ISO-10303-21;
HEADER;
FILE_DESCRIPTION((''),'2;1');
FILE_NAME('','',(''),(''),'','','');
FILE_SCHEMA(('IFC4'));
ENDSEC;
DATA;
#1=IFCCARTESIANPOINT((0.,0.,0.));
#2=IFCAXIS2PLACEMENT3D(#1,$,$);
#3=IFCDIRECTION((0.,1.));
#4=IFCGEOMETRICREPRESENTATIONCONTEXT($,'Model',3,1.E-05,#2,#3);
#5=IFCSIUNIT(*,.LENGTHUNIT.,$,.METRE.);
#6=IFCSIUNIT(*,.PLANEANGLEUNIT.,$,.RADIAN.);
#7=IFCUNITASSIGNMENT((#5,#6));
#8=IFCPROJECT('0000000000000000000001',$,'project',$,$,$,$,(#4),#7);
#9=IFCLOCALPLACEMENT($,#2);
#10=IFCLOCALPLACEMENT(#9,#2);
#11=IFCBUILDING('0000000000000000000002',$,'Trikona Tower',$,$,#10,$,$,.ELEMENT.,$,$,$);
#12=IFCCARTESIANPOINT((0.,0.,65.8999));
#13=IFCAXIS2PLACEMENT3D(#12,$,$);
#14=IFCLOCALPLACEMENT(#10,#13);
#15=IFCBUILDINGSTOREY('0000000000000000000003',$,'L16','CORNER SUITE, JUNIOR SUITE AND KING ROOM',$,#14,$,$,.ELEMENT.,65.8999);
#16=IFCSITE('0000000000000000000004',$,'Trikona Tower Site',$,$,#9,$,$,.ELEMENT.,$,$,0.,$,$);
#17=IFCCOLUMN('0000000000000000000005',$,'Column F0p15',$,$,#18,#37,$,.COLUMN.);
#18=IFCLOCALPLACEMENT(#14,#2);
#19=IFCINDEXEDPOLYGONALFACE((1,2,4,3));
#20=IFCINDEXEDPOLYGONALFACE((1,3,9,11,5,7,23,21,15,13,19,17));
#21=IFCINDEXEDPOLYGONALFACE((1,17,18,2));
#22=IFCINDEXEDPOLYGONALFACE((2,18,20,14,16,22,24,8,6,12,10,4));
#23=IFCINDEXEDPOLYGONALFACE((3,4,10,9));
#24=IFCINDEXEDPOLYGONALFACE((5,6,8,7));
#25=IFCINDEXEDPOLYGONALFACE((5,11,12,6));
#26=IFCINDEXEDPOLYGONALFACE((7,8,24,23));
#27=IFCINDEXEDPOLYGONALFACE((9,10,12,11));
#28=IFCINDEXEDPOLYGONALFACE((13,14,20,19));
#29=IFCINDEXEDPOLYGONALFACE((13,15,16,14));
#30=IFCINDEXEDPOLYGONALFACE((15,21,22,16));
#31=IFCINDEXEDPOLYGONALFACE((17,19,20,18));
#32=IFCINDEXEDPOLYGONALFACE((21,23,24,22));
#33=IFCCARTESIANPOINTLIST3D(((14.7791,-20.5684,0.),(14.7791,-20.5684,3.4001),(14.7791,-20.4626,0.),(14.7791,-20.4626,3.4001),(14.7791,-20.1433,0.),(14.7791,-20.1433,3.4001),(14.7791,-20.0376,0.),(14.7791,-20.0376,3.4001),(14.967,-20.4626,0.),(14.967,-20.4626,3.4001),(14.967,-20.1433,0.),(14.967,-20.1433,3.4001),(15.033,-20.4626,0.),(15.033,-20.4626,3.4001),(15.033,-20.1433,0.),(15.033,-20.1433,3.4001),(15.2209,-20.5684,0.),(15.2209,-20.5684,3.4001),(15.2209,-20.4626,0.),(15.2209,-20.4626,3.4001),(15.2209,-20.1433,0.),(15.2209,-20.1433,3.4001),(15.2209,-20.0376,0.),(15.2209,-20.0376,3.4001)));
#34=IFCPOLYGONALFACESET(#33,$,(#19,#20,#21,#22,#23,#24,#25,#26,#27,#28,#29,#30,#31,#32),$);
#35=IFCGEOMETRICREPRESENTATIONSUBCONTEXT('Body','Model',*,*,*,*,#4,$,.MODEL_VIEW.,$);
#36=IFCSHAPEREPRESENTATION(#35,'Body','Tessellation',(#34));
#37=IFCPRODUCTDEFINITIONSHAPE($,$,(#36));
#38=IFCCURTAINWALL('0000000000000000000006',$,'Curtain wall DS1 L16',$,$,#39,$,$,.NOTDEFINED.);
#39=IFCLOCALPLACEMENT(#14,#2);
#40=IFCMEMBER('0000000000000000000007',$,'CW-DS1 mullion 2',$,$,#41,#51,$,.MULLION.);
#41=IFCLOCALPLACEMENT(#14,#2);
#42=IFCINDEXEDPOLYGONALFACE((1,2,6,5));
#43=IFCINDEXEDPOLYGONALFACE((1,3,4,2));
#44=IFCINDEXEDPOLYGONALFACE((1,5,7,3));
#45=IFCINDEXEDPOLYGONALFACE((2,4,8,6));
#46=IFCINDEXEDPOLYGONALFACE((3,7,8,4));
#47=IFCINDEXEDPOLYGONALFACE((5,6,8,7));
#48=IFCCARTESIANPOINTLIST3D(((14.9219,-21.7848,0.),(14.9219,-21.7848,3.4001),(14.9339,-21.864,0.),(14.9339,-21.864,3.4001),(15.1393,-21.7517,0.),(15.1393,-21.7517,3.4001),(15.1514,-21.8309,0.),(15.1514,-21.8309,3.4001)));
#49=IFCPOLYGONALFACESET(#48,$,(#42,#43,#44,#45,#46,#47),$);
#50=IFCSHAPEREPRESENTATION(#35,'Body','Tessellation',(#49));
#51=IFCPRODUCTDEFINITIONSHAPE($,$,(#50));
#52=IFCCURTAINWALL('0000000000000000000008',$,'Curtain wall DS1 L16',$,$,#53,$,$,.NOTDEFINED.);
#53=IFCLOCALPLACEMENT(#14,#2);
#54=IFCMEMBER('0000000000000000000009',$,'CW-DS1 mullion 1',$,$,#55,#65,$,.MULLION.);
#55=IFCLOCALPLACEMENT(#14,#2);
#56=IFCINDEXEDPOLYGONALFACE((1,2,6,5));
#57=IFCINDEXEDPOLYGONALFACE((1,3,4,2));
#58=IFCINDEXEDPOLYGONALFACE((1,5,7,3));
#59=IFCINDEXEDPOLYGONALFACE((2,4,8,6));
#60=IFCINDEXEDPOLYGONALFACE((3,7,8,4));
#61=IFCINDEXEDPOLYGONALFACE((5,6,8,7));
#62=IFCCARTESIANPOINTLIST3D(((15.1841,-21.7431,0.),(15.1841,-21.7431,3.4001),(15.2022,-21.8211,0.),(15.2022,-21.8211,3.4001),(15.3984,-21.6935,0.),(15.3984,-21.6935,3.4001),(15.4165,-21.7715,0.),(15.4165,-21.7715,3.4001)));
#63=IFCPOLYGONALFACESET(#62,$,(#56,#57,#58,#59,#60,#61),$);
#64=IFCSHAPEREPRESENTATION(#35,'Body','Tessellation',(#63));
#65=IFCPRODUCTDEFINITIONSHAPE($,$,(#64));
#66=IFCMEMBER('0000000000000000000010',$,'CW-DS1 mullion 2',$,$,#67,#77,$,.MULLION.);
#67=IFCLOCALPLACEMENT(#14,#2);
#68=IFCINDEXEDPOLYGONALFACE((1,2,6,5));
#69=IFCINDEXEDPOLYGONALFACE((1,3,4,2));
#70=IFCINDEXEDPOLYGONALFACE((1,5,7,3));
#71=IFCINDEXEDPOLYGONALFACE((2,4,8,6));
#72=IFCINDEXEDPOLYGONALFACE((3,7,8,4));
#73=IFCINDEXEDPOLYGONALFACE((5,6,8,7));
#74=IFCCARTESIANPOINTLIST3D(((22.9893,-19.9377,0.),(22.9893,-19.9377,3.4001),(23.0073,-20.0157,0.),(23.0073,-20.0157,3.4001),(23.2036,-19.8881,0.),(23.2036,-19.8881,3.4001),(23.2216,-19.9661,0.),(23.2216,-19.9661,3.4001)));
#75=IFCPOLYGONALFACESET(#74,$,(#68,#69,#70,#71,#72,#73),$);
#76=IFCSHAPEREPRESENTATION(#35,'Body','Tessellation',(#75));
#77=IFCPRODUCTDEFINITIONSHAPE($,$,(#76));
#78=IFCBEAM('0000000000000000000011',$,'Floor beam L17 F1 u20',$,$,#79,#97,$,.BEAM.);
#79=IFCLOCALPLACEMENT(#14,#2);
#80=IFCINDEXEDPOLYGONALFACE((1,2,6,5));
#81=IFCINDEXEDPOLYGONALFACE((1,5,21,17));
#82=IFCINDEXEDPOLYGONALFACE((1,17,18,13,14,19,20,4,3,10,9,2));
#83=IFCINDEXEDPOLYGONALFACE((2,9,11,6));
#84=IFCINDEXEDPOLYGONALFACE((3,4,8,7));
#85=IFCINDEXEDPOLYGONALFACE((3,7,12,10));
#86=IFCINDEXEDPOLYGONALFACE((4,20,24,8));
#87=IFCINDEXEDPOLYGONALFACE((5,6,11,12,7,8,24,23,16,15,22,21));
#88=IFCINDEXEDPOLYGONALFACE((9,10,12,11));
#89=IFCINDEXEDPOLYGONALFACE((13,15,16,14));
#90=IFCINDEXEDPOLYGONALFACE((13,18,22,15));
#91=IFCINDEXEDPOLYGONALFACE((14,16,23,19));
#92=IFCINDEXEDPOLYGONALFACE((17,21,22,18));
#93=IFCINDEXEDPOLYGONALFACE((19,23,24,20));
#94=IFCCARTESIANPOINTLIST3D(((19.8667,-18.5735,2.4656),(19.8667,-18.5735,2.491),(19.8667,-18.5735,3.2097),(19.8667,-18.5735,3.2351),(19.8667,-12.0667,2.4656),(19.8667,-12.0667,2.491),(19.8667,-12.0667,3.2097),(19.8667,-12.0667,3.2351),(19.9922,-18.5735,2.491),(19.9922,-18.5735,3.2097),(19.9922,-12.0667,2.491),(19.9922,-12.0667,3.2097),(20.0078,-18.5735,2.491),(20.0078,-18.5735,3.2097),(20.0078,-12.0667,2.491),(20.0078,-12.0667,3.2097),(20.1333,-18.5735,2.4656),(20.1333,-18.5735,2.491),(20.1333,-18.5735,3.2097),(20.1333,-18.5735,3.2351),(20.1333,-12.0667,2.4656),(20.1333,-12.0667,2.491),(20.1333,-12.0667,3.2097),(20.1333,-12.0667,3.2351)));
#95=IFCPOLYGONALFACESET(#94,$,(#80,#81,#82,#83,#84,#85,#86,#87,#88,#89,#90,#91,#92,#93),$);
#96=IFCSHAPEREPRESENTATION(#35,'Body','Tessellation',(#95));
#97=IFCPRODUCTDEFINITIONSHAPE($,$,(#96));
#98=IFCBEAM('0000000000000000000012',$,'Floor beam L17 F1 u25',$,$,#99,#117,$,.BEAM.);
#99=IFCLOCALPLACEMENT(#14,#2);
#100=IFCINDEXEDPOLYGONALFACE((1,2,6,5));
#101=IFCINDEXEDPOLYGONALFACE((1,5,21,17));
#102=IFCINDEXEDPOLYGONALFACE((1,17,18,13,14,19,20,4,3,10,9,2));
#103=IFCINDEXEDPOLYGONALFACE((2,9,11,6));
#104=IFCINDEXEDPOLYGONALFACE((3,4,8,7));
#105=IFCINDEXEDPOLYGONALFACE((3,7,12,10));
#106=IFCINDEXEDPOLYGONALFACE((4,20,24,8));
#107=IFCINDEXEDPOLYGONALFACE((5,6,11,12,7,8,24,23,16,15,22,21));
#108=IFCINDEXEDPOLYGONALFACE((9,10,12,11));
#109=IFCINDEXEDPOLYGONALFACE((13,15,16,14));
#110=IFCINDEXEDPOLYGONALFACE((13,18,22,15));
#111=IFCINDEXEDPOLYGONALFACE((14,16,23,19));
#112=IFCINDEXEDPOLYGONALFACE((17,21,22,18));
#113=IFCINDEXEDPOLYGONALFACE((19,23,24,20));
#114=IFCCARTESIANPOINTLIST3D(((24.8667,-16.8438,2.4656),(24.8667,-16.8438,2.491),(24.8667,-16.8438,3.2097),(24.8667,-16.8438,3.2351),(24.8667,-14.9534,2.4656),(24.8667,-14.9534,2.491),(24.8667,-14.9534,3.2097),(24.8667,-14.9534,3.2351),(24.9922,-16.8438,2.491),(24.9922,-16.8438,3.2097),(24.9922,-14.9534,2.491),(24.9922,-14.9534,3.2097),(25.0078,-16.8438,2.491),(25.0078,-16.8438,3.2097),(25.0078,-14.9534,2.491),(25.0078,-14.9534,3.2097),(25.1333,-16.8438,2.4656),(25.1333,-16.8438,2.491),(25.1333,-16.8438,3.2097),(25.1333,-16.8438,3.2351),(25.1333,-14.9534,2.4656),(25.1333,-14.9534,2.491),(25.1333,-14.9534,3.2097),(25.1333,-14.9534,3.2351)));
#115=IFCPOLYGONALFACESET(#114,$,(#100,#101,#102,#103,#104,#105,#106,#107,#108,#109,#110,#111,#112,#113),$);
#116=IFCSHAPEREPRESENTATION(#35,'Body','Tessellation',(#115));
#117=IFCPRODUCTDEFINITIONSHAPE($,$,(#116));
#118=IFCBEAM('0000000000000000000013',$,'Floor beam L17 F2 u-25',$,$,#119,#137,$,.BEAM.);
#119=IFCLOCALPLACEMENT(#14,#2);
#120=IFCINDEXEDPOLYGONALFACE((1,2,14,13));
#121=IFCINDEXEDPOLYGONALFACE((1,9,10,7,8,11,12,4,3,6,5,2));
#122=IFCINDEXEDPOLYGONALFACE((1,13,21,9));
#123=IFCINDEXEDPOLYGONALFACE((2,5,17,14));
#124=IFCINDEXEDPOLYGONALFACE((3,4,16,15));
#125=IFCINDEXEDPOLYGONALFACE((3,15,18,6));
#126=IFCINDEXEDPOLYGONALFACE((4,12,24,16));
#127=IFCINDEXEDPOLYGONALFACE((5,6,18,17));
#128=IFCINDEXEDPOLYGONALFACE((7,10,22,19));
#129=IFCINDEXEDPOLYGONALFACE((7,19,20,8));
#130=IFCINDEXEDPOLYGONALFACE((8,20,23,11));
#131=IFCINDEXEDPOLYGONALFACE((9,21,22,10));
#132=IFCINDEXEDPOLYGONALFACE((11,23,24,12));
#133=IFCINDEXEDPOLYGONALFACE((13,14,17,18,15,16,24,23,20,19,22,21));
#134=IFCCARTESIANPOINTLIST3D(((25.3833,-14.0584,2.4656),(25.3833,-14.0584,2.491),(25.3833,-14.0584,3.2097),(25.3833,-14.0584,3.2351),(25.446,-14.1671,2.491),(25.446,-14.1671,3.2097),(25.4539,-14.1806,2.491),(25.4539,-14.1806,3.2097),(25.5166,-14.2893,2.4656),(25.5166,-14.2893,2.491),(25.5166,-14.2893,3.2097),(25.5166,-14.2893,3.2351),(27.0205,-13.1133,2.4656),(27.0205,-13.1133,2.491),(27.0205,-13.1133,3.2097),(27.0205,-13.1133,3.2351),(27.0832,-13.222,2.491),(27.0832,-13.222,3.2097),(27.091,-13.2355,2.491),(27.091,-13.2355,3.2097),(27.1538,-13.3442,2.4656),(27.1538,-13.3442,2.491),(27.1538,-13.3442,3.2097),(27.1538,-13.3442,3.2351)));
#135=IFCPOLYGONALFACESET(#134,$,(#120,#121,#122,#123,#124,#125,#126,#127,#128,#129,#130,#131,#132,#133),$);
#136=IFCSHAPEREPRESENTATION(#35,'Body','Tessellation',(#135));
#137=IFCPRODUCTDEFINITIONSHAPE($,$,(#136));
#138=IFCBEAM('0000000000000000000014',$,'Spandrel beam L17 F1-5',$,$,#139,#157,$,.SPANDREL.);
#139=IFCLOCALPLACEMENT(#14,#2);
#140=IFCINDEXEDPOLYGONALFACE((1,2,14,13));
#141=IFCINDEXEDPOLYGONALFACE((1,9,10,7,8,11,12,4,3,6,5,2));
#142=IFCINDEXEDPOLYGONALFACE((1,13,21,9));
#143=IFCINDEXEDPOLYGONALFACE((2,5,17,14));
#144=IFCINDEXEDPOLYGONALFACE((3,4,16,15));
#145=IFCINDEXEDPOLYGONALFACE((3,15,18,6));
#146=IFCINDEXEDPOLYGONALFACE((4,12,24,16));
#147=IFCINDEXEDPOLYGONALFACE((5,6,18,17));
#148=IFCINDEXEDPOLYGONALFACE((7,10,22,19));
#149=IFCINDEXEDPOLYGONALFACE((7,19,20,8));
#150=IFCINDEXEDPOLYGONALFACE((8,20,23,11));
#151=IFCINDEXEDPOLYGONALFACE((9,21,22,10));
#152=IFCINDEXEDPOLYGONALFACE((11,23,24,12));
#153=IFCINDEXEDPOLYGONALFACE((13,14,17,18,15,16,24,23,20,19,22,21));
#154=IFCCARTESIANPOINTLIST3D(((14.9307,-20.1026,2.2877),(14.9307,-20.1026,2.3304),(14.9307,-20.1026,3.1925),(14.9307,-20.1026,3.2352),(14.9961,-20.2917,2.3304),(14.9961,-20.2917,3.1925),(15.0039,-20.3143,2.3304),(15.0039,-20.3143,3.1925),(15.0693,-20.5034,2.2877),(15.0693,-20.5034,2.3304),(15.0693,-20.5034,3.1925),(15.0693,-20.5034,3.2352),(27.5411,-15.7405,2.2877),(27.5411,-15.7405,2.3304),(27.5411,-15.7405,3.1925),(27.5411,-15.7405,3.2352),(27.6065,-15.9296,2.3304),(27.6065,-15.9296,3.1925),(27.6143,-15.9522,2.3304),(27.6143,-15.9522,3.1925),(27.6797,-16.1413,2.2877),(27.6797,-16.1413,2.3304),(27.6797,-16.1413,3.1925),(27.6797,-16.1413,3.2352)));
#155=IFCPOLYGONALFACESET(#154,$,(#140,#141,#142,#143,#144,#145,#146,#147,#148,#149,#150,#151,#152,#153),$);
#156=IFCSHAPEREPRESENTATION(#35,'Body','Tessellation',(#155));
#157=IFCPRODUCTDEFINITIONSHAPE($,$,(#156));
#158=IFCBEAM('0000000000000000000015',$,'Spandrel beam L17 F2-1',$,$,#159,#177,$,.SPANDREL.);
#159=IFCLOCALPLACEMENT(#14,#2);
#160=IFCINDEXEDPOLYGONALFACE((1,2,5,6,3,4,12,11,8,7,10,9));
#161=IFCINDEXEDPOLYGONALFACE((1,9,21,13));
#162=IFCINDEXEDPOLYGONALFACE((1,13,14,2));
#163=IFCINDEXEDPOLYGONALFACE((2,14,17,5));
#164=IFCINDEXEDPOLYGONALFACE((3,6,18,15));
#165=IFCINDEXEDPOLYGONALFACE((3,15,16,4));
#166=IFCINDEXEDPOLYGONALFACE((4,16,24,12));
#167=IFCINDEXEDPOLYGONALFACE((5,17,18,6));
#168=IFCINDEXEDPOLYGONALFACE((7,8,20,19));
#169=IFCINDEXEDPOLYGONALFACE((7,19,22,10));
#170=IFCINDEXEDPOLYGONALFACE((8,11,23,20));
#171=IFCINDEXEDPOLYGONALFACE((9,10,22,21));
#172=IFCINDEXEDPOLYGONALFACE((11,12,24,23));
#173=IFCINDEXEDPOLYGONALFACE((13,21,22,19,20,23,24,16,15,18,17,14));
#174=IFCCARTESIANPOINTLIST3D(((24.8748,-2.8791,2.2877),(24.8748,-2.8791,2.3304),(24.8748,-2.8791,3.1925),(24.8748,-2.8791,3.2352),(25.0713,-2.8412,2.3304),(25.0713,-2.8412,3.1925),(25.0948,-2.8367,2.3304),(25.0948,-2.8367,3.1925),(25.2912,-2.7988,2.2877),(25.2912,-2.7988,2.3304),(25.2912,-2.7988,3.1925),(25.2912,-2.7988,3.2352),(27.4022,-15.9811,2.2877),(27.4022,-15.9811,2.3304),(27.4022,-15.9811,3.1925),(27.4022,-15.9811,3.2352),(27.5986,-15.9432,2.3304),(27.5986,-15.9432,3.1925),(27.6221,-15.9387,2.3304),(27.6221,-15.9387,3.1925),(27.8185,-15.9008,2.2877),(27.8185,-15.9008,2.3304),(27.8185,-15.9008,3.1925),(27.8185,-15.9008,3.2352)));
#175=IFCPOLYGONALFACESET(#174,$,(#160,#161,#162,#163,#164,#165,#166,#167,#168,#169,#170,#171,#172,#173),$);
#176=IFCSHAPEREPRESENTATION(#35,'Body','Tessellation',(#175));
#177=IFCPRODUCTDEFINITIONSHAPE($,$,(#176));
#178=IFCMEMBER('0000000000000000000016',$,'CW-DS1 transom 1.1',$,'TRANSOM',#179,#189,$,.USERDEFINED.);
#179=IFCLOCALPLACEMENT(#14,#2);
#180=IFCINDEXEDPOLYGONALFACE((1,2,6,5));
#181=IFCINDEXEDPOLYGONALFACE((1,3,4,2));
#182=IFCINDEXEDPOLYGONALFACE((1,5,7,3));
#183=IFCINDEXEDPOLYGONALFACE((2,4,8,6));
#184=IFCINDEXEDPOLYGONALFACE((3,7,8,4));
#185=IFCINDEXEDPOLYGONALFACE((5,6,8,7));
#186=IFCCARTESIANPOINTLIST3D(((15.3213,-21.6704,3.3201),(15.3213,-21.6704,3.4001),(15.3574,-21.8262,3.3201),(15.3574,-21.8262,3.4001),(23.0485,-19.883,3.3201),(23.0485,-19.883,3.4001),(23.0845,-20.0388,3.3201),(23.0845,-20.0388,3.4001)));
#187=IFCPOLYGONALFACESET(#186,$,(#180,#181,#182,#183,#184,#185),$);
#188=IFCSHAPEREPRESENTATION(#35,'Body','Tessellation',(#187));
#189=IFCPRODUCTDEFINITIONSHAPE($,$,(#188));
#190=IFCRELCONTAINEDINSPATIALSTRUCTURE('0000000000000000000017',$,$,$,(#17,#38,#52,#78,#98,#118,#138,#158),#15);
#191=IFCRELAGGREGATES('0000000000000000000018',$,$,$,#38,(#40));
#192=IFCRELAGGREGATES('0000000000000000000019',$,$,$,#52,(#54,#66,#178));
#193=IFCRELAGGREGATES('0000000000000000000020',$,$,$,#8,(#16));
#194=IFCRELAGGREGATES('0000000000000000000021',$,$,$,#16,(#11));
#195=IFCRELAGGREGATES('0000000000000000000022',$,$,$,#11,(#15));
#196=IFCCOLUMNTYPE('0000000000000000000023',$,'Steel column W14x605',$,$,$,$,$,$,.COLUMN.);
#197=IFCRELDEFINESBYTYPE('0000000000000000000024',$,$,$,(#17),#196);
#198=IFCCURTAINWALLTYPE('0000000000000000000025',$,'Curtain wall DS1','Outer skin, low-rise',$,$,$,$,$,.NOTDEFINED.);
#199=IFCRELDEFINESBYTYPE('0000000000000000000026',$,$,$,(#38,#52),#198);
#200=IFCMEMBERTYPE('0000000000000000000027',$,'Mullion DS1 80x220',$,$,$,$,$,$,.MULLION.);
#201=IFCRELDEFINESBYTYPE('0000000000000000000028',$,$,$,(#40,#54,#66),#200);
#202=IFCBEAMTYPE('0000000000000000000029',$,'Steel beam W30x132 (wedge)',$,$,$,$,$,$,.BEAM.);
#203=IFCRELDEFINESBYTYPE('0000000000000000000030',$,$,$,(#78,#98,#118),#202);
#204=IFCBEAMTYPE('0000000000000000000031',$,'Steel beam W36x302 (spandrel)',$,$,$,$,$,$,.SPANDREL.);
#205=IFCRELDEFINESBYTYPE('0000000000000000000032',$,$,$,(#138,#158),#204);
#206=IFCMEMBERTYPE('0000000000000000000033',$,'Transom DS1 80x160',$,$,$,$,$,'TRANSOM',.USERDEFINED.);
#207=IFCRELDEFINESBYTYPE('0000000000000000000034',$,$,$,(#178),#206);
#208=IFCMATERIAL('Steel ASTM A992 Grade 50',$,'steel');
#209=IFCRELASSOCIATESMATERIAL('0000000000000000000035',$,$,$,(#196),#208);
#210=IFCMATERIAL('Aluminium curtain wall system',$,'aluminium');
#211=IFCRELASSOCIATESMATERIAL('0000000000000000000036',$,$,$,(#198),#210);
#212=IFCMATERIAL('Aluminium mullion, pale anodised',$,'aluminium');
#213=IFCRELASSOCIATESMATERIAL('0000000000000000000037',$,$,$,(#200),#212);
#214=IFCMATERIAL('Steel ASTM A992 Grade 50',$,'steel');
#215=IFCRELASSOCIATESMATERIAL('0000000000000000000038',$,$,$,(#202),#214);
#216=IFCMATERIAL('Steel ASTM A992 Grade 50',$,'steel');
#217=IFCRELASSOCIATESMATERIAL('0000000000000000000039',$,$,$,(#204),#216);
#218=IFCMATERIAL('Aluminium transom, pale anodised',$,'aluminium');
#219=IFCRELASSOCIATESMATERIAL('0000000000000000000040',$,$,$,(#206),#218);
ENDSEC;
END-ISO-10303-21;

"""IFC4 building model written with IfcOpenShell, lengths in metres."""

from ifc_helpers import new_model, si_unit, direction, frame, origin, origin_2d, place, context, subcontext, project, spatial, rectangle, i_section, extrude, material, material_profile, profile_set, type_object, element, aggregate, save


model = new_model("IFC4")

# Units and contexts
model_context = context("Model", 3, precision=1e-05, world=origin(), true_north=direction((0.0, 1.0)))
body_context = subcontext(model_context, "Body", "Model", "MODEL_VIEW")
ifc_project = project(units=[si_unit("LENGTHUNIT", "METRE"), si_unit("PLANEANGLEUNIT", "RADIAN")], contexts=[model_context])

# Site, building, storey
site_placement = place(None, origin())
site = spatial("IfcSite", under=ifc_project, at=site_placement, Name="Trikona Tower Site", CompositionType="ELEMENT", RefElevation=0.0)
building_placement = place(site_placement, origin())
building = spatial("IfcBuilding", under=site, at=building_placement, Name="Trikona Tower", CompositionType="ELEMENT")
storey_placement = place(building_placement, frame((0.0, 0.0, 65.8999)))
storey = spatial("IfcBuildingStorey", under=building, at=storey_placement, Name="L16", Description="CORNER SUITE, JUNIOR SUITE AND KING ROOM", CompositionType="ELEMENT", Elevation=65.8999)

# Column
ifc_material_1 = material(Name="Steel ASTM A992 Grade 50", Category="steel")
ifc_material_profile_1 = material_profile(ifc_material_1, i_section(OverallWidth=0.4419, OverallDepth=0.5308, WebThickness=0.0659, FlangeThickness=0.1057, at=origin_2d()), Name="W14X605")
ifc_profile_set_1 = profile_set([ifc_material_profile_1], Name="Steel ASTM A992 Grade 50")
column_type = type_object("IfcColumnType", Name="Steel column W14x605", PredefinedType="COLUMN", material=ifc_profile_set_1)
column_placement = place(storey_placement, frame((15.0, -20.303, 0.0), z_axis=(0.0, 0.0, 1.0), x_axis=(1.0, 0.0, 0.0)))
element("IfcColumn", 1, at=column_placement, inside=storey, type_object=column_type, Name="Column F0p15", PredefinedType="COLUMN", context=body_context, shape_type="SweptSolid", body=[
    extrude(i_section(OverallWidth=0.4419, OverallDepth=0.5308, WebThickness=0.0659, FlangeThickness=0.1057, at=origin_2d()), origin(), (0.0, 0.0, 1.0), 3.4001),
])

# Curtain wall, member
ifc_material_2 = material(Name="Aluminium curtain wall system", Category="aluminium")
curtain_wall_type = type_object("IfcCurtainWallType", Name="Curtain wall DS1", Description="Outer skin, low-rise", PredefinedType="NOTDEFINED", material=ifc_material_2)
curtain_wall_1_placement = place(storey_placement, origin())
curtain_wall_1 = element("IfcCurtainWall", 2, at=curtain_wall_1_placement, inside=storey, type_object=curtain_wall_type, Name="Curtain wall DS1 L16", PredefinedType="NOTDEFINED")
ifc_material_3 = material(Name="Aluminium mullion, pale anodised", Category="aluminium")
ifc_material_profile_2 = material_profile(ifc_material_3, rectangle(XDim=0.0801, YDim=0.22, at=origin_2d()), Name="MUL-DS1")
ifc_profile_set_2 = profile_set([ifc_material_profile_2], Name="Aluminium mullion, pale anodised")
member_type_1 = type_object("IfcMemberType", Name="Mullion DS1 80x220", PredefinedType="MULLION", material=ifc_profile_set_2)
member_1_placement = place(storey_placement, frame((15.0366, -21.8079, 0.0), z_axis=(0.0, 0.0, 1.0), x_axis=(-0.150438, 0.988619, 0.0)))
member_1 = element("IfcMember", 3, at=member_1_placement, type_object=member_type_1, Name="CW-DS1 mullion 2", PredefinedType="MULLION", context=body_context, shape_type="SweptSolid", body=[
    extrude(rectangle(XDim=0.0801, YDim=0.22, at=origin_2d()), origin(), (0.0, 0.0, 1.0), 3.4001),
])
aggregate(curtain_wall_1, [member_1])

# Curtain wall, members
curtain_wall_2_placement = place(storey_placement, origin())
curtain_wall_2 = element("IfcCurtainWall", 4, at=curtain_wall_2_placement, inside=storey, type_object=curtain_wall_type, Name="Curtain wall DS1 L16", PredefinedType="NOTDEFINED")
member_2_placement = place(storey_placement, frame((15.3003, -21.7573, 0.0), z_axis=(0.0, 0.0, 1.0), x_axis=(-0.225343, 0.974279, 0.0)))
member_2 = element("IfcMember", 5, at=member_2_placement, type_object=member_type_1, Name="CW-DS1 mullion 1", PredefinedType="MULLION", context=body_context, shape_type="SweptSolid", body=[
    extrude(rectangle(XDim=0.0801, YDim=0.22, at=origin_2d()), origin(), (0.0, 0.0, 1.0), 3.4001),
])
member_3_placement = place(storey_placement, frame((23.1055, -19.9519, 0.0), z_axis=(0.0, 0.0, 1.0), x_axis=(-0.225343, 0.974279, 0.0)))
member_3 = element("IfcMember", 6, at=member_3_placement, type_object=member_type_1, Name="CW-DS1 mullion 2", PredefinedType="MULLION", context=body_context, shape_type="SweptSolid", body=[
    extrude(rectangle(XDim=0.0801, YDim=0.22, at=origin_2d()), origin(), (0.0, 0.0, 1.0), 3.4001),
])

# Beams
ifc_material_4 = material(Name="Steel ASTM A992 Grade 50", Category="steel")
ifc_material_profile_3 = material_profile(ifc_material_4, i_section(OverallWidth=0.2666, OverallDepth=0.7695, WebThickness=0.0156, FlangeThickness=0.0254, at=origin_2d()), Name="W30X132")
ifc_profile_set_3 = profile_set([ifc_material_profile_3], Name="Steel ASTM A992 Grade 50")
beam_type_1 = type_object("IfcBeamType", Name="Steel beam W30x132 (wedge)", PredefinedType="BEAM", material=ifc_profile_set_3)
beam_placement = place(storey_placement, frame((20.0, -12.0667, 2.8503), z_axis=(0.0, -1.0, 0.0), x_axis=(1.0, 0.0, 0.0)))
element("IfcBeam", 7, at=beam_placement, inside=storey, type_object=beam_type_1, Name="Floor beam L17 F1 u20", PredefinedType="BEAM", context=body_context, shape_type="SweptSolid", body=[
    extrude(i_section(OverallWidth=0.2666, OverallDepth=0.7695, WebThickness=0.0156, FlangeThickness=0.0254, at=origin_2d()), origin(), (0.0, 0.0, 1.0), 6.5068),
])
for number, where, z_axis, x_axis, name in (
    (8, (25.0, -14.9534, 2.8503), (0.0, -1.0, 0.0), (1.0, 0.0, 0.0), "Floor beam L17 F1 u25"),
    (9, (25.45, -14.1738, 2.8503), (0.866065, 0.499931, 0.0), (-0.499931, 0.866065, 0.0), "Floor beam L17 F2 u-25"),
):
    element("IfcBeam", number, at=place(storey_placement, frame(where, z_axis=z_axis, x_axis=x_axis)), inside=storey, type_object=beam_type_1, Name=name, PredefinedType="BEAM", context=body_context, shape_type="SweptSolid", body=[
        extrude(i_section(OverallWidth=0.2666, OverallDepth=0.7695, WebThickness=0.0156, FlangeThickness=0.0254, at=origin_2d()), origin(), (0.0, 0.0, 1.0), 1.8904),
    ])
ifc_material_5 = material(Name="Steel ASTM A992 Grade 50", Category="steel")
ifc_material_profile_4 = material_profile(ifc_material_5, i_section(OverallWidth=0.4241, OverallDepth=0.9475, WebThickness=0.0239, FlangeThickness=0.0427, at=origin_2d()), Name="W36X302")
ifc_profile_set_4 = profile_set([ifc_material_profile_4], Name="Steel ASTM A992 Grade 50")
beam_type_2 = type_object("IfcBeamType", Name="Steel beam W36x302 (spandrel)", PredefinedType="SPANDREL", material=ifc_profile_set_4)
for number, where, z_axis, x_axis, name in (
    (10, (15.0, -20.303, 2.7615), (0.945057, 0.326906, 0.0), (-0.326906, 0.945057, 0.0), "Spandrel beam L17 F1-5"),
    (11, (27.6104, -15.9409, 2.7615), (-0.189405, 0.981899, 0.0), (-0.981899, -0.189405, 0.0), "Spandrel beam L17 F2-1"),
):
    element("IfcBeam", number, at=place(storey_placement, frame(where, z_axis=z_axis, x_axis=x_axis)), inside=storey, type_object=beam_type_2, Name=name, PredefinedType="SPANDREL", context=body_context, shape_type="SweptSolid", body=[
        extrude(i_section(OverallWidth=0.4241, OverallDepth=0.9475, WebThickness=0.0239, FlangeThickness=0.0427, at=origin_2d()), origin(), (0.0, 0.0, 1.0), 13.3435),
    ])

# Member
ifc_material_6 = material(Name="Aluminium transom, pale anodised", Category="aluminium")
ifc_material_profile_5 = material_profile(ifc_material_6, rectangle(XDim=0.1599, YDim=0.0801, at=origin_2d()), Name="TRN-DS1")
ifc_profile_set_5 = profile_set([ifc_material_profile_5], Name="Aluminium transom, pale anodised")
member_type_2 = type_object("IfcMemberType", Name="Transom DS1 80x160", ElementType="TRANSOM", PredefinedType="USERDEFINED", material=ifc_profile_set_5)
member_4_placement = place(storey_placement, frame((15.3394, -21.7483, 3.3601), z_axis=(0.974275, 0.225361, 0.0), x_axis=(-0.225361, 0.974275, 0.0)))
member_4 = element("IfcMember", 12, at=member_4_placement, type_object=member_type_2, Name="CW-DS1 transom 1.1", ObjectType="TRANSOM", PredefinedType="USERDEFINED", context=body_context, shape_type="SweptSolid", body=[
    extrude(rectangle(XDim=0.1599, YDim=0.0801, at=origin_2d()), origin(), (0.0, 0.0, 1.0), 7.9312),
])

aggregate(curtain_wall_2, [member_2, member_3, member_4])

save(model, "model.ifc")
